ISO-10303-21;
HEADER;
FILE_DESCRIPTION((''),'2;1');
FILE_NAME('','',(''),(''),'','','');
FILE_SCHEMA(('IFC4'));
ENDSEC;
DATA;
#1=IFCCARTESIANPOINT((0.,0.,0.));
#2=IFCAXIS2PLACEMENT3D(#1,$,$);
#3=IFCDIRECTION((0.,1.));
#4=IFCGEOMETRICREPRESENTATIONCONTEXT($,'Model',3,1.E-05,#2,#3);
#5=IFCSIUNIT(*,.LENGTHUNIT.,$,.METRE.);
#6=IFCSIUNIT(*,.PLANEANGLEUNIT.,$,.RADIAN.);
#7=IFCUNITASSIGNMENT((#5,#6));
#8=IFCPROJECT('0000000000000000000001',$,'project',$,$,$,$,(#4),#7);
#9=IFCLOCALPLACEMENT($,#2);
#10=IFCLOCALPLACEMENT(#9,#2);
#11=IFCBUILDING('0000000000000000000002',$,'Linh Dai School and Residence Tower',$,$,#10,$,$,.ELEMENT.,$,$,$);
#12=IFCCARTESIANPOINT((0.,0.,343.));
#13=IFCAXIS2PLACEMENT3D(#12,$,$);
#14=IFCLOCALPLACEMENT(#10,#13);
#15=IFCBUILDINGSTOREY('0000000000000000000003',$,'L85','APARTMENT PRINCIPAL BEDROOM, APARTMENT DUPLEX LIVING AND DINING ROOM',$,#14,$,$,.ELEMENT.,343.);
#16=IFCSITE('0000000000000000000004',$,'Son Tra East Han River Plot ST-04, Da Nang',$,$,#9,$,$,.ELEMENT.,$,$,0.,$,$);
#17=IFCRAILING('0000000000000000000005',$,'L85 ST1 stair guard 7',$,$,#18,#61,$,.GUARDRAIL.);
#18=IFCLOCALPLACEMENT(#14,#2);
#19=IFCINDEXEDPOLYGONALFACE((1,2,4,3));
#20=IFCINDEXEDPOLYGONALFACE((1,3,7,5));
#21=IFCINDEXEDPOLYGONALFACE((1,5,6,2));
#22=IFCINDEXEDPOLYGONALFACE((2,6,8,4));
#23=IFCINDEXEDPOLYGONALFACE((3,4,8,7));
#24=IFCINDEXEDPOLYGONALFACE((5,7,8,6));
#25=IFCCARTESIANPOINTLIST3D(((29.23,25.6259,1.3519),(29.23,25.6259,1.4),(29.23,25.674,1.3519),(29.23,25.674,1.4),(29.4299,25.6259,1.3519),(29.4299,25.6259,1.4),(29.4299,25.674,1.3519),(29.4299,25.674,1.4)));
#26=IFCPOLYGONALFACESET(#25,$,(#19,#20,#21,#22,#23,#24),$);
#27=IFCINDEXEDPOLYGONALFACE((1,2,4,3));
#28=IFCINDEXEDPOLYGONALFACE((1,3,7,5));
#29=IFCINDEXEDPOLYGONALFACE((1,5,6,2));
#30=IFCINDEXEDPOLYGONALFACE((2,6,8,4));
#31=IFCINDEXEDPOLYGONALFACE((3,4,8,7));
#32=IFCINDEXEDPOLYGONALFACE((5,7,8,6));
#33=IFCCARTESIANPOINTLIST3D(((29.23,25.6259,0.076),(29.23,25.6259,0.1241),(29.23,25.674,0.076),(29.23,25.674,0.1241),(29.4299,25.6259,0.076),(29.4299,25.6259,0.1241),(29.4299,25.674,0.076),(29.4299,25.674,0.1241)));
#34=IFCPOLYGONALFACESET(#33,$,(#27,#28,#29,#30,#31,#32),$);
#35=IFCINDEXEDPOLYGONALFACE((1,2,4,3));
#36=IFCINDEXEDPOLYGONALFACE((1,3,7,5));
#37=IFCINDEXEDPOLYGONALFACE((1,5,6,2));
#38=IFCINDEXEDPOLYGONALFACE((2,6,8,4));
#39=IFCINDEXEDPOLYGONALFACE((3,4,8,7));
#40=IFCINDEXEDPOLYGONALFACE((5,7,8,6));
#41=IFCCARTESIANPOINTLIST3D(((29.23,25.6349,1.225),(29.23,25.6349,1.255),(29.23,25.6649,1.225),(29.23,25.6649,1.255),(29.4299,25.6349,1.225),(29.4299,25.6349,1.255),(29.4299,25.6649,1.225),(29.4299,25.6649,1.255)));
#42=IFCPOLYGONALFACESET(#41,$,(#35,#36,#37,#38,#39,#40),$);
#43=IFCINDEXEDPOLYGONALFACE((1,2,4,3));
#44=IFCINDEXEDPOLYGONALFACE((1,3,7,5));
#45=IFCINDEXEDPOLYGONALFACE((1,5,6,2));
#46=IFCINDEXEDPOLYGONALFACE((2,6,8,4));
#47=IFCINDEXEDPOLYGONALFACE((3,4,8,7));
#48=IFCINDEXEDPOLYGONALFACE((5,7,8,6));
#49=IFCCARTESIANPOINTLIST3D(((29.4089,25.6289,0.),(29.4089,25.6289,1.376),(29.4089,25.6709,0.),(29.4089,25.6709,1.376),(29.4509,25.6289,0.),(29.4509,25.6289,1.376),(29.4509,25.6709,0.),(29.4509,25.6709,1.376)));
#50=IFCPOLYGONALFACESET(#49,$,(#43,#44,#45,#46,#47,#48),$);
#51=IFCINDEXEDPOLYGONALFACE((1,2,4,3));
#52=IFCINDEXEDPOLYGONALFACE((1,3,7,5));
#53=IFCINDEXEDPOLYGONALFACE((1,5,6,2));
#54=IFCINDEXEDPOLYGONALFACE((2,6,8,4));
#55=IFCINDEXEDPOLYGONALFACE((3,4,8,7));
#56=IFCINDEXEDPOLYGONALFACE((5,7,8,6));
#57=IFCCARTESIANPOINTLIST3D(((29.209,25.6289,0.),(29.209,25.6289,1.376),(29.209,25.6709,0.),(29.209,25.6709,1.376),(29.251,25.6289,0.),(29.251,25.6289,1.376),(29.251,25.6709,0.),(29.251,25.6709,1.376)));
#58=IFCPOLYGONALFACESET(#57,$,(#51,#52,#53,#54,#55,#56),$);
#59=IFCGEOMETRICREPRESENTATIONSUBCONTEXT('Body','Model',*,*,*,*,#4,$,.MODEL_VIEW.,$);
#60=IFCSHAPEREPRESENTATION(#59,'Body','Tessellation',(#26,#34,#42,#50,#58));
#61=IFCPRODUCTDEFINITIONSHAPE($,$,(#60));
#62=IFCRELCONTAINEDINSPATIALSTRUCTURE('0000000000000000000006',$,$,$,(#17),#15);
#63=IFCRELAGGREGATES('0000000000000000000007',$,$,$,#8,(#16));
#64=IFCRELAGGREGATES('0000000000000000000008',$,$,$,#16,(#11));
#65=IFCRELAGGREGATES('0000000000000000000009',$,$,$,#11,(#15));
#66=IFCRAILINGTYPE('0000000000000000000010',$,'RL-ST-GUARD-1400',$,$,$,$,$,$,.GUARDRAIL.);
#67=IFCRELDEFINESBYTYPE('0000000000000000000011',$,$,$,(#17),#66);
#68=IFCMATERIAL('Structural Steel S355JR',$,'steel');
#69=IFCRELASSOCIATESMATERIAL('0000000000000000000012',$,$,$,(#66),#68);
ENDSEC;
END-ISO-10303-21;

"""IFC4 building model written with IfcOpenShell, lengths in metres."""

from ifc_helpers import new_model, si_unit, direction, frame, origin, origin_2d, place, context, subcontext, project, spatial, rectangle, extrude, source, transform, mapped, material, type_object, element, save


model = new_model("IFC4")

# Units and contexts
model_context = context("Model", 3, precision=1e-05, world=origin(), true_north=direction((0.0, 1.0)))
body_context = subcontext(model_context, "Body", "Model", "MODEL_VIEW")
ifc_project = project(units=[si_unit("LENGTHUNIT", "METRE"), si_unit("PLANEANGLEUNIT", "RADIAN")], contexts=[model_context])

# Site, building, storey
site_placement = place(None, origin())
site = spatial("IfcSite", under=ifc_project, at=site_placement, Name="Son Tra East Han River Plot ST-04, Da Nang", CompositionType="ELEMENT", RefElevation=0.0)
building_placement = place(site_placement, origin())
building = spatial("IfcBuilding", under=site, at=building_placement, Name="Linh Dai School and Residence Tower", CompositionType="ELEMENT")
storey_placement = place(building_placement, frame((0.0, 0.0, 343.0)))
storey = spatial("IfcBuildingStorey", under=building, at=storey_placement, Name="L85", Description="APARTMENT PRINCIPAL BEDROOM, APARTMENT DUPLEX LIVING AND DINING ROOM", CompositionType="ELEMENT", Elevation=343.0)

# Shared definitions
ifc_material_1 = material(Name="Structural Steel S355JR", Category="steel")

# Railing
railing_type_1 = type_object("IfcRailingType", Name="RL-ST-GUARD-1400", PredefinedType="GUARDRAIL", material=ifc_material_1)
shared_shape_1 = source(origin(), body_context, "Body", "SweptSolid", [
    extrude(rectangle(XDim=0.0481, YDim=0.0481, at=origin_2d()), frame((0.0, 0.0, 1.376), z_axis=(-1.0, 0.0, 0.0), x_axis=(0.0, -1.0, 0.0)), (0.0, 0.0, 1.0), 0.2),
    extrude(rectangle(XDim=0.0481, YDim=0.0481, at=origin_2d()), frame((0.0, 0.0, 0.1001), z_axis=(-1.0, 0.0, 0.0), x_axis=(0.0, -1.0, 0.0)), (0.0, 0.0, 1.0), 0.2),
    extrude(rectangle(XDim=0.03, YDim=0.03, at=origin_2d()), frame((0.0, 0.0, 1.24), z_axis=(-1.0, 0.0, 0.0), x_axis=(0.0, -1.0, 0.0)), (0.0, 0.0, 1.0), 0.2),
    extrude(rectangle(XDim=0.042, YDim=0.042, at=origin_2d()), origin(), (0.0, 0.0, 1.0), 1.376),
    extrude(rectangle(XDim=0.042, YDim=0.042, at=origin_2d()), frame((-0.2, 0.0, 0.0)), (0.0, 0.0, 1.0), 1.376),
])
railing_1_placement = place(storey_placement, frame((29.4299, 25.6499, 0.0)))
element("IfcRailing", 1, at=railing_1_placement, inside=storey, type_object=railing_type_1, Name="L85 ST1 stair guard 7", PredefinedType="GUARDRAIL", context=body_context, shape_type="MappedRepresentation", body=[
    mapped(shared_shape_1, transform((0.0, 0.0, 0.0), x_axis=(1.0, 0.0, 0.0), y_axis=(0.0, 1.0, 0.0), z_axis=(0.0, 0.0, 1.0), scale=1.0)),
])

save(model, "model.ifc")
